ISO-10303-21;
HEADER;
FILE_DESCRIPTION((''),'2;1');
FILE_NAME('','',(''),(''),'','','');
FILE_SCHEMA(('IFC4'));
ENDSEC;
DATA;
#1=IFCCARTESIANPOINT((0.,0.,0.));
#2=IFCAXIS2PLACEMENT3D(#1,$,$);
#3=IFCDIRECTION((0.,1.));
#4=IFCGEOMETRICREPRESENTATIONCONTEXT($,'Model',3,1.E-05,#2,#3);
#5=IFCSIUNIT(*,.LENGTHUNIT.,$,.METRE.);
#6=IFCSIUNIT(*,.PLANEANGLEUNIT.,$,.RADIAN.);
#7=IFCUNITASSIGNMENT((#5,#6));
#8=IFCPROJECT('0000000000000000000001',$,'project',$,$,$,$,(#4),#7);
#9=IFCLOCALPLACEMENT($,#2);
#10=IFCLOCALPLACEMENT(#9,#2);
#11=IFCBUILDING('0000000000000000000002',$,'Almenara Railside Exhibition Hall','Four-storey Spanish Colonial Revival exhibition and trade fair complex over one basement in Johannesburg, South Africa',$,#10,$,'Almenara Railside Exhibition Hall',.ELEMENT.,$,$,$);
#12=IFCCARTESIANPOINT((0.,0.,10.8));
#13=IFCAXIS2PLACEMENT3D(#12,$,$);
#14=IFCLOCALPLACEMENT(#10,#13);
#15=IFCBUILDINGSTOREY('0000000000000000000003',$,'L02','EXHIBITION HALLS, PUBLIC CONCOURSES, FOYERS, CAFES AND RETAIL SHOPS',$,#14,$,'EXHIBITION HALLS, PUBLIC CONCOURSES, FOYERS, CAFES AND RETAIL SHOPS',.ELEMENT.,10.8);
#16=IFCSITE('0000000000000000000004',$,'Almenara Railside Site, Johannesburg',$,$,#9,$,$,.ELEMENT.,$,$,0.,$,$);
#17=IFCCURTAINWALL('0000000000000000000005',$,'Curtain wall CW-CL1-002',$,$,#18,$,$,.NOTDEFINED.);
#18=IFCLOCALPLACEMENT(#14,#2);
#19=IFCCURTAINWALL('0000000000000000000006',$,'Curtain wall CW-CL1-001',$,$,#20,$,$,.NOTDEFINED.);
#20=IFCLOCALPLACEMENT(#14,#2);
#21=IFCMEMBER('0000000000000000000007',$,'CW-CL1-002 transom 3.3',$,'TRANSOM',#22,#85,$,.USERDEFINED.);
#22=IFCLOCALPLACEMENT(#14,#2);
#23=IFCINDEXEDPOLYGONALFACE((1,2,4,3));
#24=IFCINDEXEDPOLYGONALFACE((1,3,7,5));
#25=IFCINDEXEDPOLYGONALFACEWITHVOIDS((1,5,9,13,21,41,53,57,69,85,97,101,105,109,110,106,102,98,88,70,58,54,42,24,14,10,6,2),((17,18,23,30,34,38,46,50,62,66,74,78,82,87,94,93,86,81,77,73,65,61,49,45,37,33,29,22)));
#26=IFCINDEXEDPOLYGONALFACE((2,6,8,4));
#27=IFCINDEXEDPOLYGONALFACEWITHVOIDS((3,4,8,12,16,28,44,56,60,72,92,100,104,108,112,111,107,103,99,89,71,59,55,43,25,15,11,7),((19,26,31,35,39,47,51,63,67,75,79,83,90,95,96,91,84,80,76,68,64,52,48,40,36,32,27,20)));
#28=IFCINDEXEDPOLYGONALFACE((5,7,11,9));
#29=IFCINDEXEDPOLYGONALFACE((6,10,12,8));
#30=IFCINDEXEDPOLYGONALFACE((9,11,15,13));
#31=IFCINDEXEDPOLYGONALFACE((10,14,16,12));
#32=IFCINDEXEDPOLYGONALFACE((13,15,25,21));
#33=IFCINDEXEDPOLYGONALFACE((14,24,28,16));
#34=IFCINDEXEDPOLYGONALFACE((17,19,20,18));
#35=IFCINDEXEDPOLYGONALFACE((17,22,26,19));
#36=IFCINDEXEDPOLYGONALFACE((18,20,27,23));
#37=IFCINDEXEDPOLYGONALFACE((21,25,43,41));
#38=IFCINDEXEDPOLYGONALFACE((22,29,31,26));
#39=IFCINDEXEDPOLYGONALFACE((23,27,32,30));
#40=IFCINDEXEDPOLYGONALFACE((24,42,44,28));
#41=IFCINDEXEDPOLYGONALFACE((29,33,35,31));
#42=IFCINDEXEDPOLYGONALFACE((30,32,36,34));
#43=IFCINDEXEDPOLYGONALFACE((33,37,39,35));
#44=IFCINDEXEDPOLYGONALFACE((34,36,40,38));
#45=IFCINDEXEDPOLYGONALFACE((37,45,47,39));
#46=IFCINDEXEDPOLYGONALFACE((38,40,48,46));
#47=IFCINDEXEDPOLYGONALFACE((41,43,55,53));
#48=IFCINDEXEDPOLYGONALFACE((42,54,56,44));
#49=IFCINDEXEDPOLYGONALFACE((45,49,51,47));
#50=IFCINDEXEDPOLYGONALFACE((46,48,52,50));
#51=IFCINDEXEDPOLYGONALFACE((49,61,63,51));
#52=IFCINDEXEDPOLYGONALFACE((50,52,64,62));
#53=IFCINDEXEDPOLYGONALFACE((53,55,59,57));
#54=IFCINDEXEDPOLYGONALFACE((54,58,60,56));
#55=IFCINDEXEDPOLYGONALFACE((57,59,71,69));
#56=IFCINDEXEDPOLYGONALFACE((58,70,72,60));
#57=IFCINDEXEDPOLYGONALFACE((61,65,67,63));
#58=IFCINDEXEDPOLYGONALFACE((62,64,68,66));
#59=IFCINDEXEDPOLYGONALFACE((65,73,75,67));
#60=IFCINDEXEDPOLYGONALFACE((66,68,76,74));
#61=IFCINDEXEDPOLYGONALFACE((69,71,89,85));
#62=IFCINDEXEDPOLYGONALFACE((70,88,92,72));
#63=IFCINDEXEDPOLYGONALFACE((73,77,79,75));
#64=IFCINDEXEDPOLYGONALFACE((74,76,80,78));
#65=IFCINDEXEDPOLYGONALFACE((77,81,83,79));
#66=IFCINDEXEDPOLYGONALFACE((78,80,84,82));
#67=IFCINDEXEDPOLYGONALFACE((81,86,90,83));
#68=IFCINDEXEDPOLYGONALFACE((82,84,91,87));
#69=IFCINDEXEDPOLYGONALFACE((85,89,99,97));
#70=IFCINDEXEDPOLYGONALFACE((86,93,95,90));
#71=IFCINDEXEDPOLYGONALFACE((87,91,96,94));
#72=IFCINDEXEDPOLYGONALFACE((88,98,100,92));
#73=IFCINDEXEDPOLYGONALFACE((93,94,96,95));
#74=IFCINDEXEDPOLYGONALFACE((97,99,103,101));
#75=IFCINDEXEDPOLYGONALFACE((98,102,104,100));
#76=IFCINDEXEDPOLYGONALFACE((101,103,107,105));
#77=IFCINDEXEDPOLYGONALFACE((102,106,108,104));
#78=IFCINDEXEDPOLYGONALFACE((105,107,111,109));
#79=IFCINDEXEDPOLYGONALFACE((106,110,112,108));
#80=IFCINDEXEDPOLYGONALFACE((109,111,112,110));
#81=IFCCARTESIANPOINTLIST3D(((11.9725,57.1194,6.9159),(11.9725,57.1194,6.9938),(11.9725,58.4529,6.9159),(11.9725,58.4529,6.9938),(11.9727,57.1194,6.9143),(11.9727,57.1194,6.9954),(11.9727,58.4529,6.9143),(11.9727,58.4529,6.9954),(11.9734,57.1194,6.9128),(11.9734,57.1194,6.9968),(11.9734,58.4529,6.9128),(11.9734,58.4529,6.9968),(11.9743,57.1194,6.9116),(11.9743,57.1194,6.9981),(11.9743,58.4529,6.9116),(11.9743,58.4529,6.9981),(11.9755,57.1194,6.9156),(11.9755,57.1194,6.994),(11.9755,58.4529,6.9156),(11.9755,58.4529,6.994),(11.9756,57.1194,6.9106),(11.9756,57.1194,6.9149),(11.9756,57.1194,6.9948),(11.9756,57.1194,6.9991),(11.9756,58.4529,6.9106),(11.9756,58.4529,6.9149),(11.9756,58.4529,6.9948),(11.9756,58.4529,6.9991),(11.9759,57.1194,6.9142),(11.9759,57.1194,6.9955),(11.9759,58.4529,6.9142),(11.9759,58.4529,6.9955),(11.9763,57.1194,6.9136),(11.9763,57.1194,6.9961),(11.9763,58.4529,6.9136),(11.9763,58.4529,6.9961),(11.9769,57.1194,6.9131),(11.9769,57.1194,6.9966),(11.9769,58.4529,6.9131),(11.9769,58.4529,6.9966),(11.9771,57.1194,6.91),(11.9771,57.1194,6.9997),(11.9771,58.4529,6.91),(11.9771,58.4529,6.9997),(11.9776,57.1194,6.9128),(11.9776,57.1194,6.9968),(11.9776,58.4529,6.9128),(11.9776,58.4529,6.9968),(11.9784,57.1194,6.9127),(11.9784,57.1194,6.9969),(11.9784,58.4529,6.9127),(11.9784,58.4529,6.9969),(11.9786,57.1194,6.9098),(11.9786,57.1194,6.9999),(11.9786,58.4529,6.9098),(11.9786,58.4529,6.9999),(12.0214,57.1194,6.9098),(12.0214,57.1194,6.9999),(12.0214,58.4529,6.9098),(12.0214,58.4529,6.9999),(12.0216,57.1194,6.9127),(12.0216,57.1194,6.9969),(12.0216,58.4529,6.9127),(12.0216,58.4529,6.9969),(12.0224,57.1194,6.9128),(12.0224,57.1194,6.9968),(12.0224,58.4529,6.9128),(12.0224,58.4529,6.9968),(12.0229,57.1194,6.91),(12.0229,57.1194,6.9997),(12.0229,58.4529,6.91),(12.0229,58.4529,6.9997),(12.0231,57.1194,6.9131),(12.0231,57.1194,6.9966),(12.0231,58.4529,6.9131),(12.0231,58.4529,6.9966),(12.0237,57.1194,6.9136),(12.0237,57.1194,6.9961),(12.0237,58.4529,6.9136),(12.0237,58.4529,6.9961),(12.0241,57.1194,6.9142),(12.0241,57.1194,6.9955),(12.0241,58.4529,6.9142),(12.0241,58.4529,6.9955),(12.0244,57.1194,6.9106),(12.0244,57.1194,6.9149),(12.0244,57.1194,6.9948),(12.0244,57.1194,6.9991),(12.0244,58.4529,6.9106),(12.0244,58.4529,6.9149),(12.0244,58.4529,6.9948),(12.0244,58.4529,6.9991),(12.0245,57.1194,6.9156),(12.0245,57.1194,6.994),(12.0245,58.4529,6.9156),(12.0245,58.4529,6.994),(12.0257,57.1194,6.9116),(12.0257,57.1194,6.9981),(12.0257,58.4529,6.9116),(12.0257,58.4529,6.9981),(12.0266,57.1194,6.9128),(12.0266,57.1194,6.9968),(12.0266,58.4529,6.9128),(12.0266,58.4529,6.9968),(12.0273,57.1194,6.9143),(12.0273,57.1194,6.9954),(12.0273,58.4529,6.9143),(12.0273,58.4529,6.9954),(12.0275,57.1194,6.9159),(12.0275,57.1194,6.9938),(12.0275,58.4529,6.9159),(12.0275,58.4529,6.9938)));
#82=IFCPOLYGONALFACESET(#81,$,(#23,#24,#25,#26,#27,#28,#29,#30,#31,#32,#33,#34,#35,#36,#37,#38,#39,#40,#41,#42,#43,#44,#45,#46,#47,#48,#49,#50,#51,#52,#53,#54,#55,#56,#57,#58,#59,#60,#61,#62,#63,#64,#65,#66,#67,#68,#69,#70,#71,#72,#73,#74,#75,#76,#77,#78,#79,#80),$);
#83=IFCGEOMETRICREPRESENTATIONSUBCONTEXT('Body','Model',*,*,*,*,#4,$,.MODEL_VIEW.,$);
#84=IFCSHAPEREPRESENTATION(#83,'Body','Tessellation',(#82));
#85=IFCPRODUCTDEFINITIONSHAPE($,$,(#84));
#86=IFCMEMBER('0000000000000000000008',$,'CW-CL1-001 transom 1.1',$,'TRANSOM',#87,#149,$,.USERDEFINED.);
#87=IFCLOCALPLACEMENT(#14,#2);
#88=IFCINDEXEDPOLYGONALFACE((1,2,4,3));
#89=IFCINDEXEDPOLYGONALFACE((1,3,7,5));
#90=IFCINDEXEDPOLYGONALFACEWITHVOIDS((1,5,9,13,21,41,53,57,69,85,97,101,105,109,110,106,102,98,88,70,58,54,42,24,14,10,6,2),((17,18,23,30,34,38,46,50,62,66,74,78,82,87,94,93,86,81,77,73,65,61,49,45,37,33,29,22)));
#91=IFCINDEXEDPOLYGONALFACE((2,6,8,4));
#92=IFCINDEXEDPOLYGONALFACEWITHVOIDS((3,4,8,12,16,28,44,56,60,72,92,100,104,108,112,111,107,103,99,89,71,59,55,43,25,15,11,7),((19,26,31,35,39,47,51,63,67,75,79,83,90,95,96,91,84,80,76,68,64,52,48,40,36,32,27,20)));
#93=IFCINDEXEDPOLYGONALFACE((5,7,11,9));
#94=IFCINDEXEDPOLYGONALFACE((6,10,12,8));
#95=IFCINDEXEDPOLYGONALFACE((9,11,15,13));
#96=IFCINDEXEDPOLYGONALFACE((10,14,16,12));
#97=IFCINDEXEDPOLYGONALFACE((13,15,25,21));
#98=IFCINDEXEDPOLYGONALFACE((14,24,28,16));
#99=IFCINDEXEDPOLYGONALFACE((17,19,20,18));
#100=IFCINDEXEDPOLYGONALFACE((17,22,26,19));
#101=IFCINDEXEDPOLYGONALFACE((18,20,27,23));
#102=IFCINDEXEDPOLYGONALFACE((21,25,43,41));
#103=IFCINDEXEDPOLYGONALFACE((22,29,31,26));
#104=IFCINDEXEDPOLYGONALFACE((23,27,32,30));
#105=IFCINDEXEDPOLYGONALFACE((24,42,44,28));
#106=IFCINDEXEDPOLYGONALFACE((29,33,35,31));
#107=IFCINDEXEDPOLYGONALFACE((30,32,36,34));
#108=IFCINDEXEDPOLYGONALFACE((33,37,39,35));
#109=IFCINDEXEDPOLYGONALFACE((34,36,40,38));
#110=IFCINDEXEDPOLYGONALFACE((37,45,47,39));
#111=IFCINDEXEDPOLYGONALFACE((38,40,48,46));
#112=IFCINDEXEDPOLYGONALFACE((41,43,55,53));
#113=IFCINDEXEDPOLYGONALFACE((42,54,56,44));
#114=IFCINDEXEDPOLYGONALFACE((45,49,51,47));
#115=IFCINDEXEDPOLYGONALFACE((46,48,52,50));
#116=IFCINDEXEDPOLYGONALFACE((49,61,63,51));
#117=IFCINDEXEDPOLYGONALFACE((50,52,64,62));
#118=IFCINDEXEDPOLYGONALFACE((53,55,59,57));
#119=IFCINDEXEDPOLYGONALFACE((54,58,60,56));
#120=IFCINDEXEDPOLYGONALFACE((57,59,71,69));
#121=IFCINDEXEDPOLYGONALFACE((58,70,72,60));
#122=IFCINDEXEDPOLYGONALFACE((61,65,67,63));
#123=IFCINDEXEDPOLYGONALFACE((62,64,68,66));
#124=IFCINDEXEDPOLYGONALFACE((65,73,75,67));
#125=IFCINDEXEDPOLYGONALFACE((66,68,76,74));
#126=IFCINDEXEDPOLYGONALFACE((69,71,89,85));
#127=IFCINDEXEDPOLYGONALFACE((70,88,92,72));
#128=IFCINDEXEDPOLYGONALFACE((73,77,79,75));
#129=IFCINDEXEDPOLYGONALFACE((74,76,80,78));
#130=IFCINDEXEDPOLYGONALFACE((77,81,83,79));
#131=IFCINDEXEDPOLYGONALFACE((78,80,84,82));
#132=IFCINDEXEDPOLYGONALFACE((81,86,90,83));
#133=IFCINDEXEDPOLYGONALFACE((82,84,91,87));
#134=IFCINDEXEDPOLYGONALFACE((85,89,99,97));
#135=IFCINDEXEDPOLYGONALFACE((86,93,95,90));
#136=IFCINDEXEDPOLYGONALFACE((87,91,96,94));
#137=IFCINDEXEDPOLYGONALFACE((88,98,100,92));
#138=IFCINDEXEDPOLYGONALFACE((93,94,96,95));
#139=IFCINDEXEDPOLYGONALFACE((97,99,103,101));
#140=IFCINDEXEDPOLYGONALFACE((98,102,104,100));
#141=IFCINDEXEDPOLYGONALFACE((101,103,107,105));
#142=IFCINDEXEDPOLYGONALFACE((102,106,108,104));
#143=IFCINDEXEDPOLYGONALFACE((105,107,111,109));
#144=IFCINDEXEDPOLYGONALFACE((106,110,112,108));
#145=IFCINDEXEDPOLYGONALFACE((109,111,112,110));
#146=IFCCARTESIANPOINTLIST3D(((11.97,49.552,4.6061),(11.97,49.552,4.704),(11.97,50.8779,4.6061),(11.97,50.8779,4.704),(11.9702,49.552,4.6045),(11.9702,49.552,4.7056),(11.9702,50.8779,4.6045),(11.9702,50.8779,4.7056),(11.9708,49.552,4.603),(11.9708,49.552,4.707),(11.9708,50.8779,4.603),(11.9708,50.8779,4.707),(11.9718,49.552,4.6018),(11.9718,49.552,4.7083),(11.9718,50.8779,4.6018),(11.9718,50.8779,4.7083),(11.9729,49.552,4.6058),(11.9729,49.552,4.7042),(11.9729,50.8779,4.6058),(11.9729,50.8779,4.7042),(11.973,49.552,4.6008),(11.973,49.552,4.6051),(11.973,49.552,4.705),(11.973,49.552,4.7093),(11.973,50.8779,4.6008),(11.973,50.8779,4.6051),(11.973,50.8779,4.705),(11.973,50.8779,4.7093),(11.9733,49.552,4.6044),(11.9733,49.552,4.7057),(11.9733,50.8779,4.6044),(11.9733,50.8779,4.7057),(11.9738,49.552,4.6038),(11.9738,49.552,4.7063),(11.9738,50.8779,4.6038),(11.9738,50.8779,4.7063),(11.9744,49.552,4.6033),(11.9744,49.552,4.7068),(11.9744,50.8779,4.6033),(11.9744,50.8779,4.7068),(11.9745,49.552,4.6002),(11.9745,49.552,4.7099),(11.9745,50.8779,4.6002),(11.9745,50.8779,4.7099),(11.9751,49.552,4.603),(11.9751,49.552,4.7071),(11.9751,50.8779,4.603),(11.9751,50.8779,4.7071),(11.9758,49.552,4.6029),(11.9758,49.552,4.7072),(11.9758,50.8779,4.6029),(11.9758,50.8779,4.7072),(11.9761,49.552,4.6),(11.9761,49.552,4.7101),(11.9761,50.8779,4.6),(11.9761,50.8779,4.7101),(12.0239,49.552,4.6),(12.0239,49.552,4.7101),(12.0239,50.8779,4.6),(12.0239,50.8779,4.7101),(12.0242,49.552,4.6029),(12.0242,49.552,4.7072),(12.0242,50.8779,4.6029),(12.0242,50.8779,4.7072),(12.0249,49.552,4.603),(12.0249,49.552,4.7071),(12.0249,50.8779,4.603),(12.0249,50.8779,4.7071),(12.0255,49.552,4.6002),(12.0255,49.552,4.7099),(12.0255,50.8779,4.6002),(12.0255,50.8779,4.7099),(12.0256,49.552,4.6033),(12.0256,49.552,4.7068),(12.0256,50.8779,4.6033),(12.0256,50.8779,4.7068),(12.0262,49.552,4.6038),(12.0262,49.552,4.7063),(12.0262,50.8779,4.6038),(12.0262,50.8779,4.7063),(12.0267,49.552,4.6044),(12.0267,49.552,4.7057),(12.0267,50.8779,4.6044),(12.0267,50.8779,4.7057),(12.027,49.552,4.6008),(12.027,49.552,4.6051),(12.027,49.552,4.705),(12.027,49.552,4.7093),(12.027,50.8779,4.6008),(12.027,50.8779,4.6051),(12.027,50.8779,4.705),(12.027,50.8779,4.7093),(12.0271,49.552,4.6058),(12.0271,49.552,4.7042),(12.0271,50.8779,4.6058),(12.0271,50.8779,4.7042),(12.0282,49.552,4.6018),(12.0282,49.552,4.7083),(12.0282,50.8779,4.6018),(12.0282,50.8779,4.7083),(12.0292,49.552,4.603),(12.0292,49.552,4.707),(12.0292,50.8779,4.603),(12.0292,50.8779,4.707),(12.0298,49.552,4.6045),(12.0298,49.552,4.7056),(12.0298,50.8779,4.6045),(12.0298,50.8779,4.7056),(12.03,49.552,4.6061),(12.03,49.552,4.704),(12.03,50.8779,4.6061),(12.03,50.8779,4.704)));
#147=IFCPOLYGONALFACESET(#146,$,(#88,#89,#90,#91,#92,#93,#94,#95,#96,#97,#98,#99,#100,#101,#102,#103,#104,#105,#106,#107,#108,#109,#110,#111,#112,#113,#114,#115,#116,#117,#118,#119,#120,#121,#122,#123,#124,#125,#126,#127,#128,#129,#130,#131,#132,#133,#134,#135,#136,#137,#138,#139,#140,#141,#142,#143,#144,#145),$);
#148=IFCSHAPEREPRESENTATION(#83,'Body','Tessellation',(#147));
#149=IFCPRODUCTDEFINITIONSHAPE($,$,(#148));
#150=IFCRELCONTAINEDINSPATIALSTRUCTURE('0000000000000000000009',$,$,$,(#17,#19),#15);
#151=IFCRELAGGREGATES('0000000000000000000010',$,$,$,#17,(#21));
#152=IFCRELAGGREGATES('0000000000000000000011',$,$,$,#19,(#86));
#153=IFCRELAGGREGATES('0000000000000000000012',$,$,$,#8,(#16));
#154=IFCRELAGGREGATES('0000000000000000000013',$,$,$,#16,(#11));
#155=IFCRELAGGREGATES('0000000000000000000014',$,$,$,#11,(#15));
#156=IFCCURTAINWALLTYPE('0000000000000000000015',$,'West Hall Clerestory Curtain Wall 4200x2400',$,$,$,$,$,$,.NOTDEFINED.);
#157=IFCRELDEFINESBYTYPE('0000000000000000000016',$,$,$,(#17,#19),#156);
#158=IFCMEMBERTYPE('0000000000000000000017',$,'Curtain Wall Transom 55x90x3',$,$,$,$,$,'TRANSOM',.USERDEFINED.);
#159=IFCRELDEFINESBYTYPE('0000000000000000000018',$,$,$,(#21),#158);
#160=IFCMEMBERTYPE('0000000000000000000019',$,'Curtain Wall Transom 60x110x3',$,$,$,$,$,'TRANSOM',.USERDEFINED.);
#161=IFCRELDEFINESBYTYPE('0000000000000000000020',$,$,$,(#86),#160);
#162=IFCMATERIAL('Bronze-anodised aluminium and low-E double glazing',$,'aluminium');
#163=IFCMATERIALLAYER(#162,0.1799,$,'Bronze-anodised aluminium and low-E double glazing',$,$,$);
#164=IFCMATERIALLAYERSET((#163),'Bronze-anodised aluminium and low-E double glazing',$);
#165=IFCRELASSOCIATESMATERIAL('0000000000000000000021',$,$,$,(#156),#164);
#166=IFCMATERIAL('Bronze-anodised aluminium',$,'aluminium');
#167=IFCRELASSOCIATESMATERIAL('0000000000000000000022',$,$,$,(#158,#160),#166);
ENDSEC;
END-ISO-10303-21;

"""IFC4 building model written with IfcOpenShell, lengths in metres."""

from ifc_helpers import new_model, si_unit, direction, frame, origin, origin_2d, place, context, subcontext, project, spatial, hollow_rectangle, extrude, material, layer, layer_set, material_profile, profile_set, type_object, element, aggregate, save


model = new_model("IFC4")

# Units and contexts
model_context = context("Model", 3, precision=1e-05, world=origin(), true_north=direction((0.0, 1.0)))
body_context = subcontext(model_context, "Body", "Model", "MODEL_VIEW")
ifc_project = project(units=[si_unit("LENGTHUNIT", "METRE"), si_unit("PLANEANGLEUNIT", "RADIAN")], contexts=[model_context])

# Site, building, storey
site_placement = place(None, origin())
site = spatial("IfcSite", under=ifc_project, at=site_placement, Name="Almenara Railside Site, Johannesburg", CompositionType="ELEMENT", RefElevation=0.0)
building_placement = place(site_placement, origin())
building = spatial("IfcBuilding", under=site, at=building_placement, Name="Almenara Railside Exhibition Hall", Description="Four-storey Spanish Colonial Revival exhibition and trade fair complex over one basement in Johannesburg, South Africa", LongName="Almenara Railside Exhibition Hall", CompositionType="ELEMENT")
storey_placement = place(building_placement, frame((0.0, 0.0, 10.8)))
storey = spatial("IfcBuildingStorey", under=building, at=storey_placement, Name="L02", Description="EXHIBITION HALLS, PUBLIC CONCOURSES, FOYERS, CAFES AND RETAIL SHOPS", LongName="EXHIBITION HALLS, PUBLIC CONCOURSES, FOYERS, CAFES AND RETAIL SHOPS", CompositionType="ELEMENT", Elevation=10.8)

# Curtain walls
ifc_material_1 = material(Name="Bronze-anodised aluminium and low-E double glazing", Category="aluminium")
ifc_layer_1 = layer(ifc_material_1, 0.1799, Name="Bronze-anodised aluminium and low-E double glazing")
ifc_layer_set_1 = layer_set([ifc_layer_1], Name="Bronze-anodised aluminium and low-E double glazing")
curtain_wall_type = type_object("IfcCurtainWallType", Name="West Hall Clerestory Curtain Wall 4200x2400", PredefinedType="NOTDEFINED", material=ifc_layer_set_1)
curtain_wall_1_placement = place(storey_placement, origin())
curtain_wall_1 = element("IfcCurtainWall", 1, at=curtain_wall_1_placement, inside=storey, type_object=curtain_wall_type, Name="Curtain wall CW-CL1-002", PredefinedType="NOTDEFINED")
ifc_material_2 = material(Name="Bronze-anodised aluminium", Category="aluminium")
curtain_wall_2_placement = place(storey_placement, origin())
curtain_wall_2 = element("IfcCurtainWall", 2, at=curtain_wall_2_placement, inside=storey, type_object=curtain_wall_type, Name="Curtain wall CW-CL1-001", PredefinedType="NOTDEFINED")

# Members
ifc_material_profile_1 = material_profile(ifc_material_2, hollow_rectangle(XDim=0.0549, YDim=0.0901, WallThickness=0.0029, InnerFilletRadius=0.0029, OuterFilletRadius=0.0061, at=origin_2d()), Name="ALU-TRN 55x90x3")
ifc_profile_set_1 = profile_set([ifc_material_profile_1], Name="Bronze-anodised aluminium")
member_type_1 = type_object("IfcMemberType", Name="Curtain Wall Transom 55x90x3", ElementType="TRANSOM", PredefinedType="USERDEFINED", material=ifc_profile_set_1)
member_1_placement = place(storey_placement, frame((12.0, 57.1194, 6.9548), z_axis=(0.0, 1.0, 0.0), x_axis=(-1.0, 0.0, 0.0)))
member_1 = element("IfcMember", 3, at=member_1_placement, type_object=member_type_1, Name="CW-CL1-002 transom 3.3", ObjectType="TRANSOM", PredefinedType="USERDEFINED", context=body_context, shape_type="SweptSolid", body=[
    extrude(hollow_rectangle(XDim=0.0549, YDim=0.0901, WallThickness=0.0029, InnerFilletRadius=0.0029, OuterFilletRadius=0.0061, at=origin_2d()), origin(), (0.0, 0.0, 1.0), 1.3335),
])
ifc_material_profile_2 = material_profile(ifc_material_2, hollow_rectangle(XDim=0.0601, YDim=0.1101, WallThickness=0.0029, InnerFilletRadius=0.0029, OuterFilletRadius=0.0061, at=origin_2d()), Name="ALU-TRN 60x110x3")
ifc_profile_set_2 = profile_set([ifc_material_profile_2], Name="Bronze-anodised aluminium")
member_type_2 = type_object("IfcMemberType", Name="Curtain Wall Transom 60x110x3", ElementType="TRANSOM", PredefinedType="USERDEFINED", material=ifc_profile_set_2)
member_2_placement = place(storey_placement, frame((12.0, 49.552, 4.655), z_axis=(0.0, 1.0, 0.0), x_axis=(-1.0, 0.0, 0.0)))
member_2 = element("IfcMember", 4, at=member_2_placement, type_object=member_type_2, Name="CW-CL1-001 transom 1.1", ObjectType="TRANSOM", PredefinedType="USERDEFINED", context=body_context, shape_type="SweptSolid", body=[
    extrude(hollow_rectangle(XDim=0.0601, YDim=0.1101, WallThickness=0.0029, InnerFilletRadius=0.0029, OuterFilletRadius=0.0061, at=origin_2d()), origin(), (0.0, 0.0, 1.0), 1.3259),
])

aggregate(curtain_wall_1, [member_1])
aggregate(curtain_wall_2, [member_2])

save(model, "model.ifc")
